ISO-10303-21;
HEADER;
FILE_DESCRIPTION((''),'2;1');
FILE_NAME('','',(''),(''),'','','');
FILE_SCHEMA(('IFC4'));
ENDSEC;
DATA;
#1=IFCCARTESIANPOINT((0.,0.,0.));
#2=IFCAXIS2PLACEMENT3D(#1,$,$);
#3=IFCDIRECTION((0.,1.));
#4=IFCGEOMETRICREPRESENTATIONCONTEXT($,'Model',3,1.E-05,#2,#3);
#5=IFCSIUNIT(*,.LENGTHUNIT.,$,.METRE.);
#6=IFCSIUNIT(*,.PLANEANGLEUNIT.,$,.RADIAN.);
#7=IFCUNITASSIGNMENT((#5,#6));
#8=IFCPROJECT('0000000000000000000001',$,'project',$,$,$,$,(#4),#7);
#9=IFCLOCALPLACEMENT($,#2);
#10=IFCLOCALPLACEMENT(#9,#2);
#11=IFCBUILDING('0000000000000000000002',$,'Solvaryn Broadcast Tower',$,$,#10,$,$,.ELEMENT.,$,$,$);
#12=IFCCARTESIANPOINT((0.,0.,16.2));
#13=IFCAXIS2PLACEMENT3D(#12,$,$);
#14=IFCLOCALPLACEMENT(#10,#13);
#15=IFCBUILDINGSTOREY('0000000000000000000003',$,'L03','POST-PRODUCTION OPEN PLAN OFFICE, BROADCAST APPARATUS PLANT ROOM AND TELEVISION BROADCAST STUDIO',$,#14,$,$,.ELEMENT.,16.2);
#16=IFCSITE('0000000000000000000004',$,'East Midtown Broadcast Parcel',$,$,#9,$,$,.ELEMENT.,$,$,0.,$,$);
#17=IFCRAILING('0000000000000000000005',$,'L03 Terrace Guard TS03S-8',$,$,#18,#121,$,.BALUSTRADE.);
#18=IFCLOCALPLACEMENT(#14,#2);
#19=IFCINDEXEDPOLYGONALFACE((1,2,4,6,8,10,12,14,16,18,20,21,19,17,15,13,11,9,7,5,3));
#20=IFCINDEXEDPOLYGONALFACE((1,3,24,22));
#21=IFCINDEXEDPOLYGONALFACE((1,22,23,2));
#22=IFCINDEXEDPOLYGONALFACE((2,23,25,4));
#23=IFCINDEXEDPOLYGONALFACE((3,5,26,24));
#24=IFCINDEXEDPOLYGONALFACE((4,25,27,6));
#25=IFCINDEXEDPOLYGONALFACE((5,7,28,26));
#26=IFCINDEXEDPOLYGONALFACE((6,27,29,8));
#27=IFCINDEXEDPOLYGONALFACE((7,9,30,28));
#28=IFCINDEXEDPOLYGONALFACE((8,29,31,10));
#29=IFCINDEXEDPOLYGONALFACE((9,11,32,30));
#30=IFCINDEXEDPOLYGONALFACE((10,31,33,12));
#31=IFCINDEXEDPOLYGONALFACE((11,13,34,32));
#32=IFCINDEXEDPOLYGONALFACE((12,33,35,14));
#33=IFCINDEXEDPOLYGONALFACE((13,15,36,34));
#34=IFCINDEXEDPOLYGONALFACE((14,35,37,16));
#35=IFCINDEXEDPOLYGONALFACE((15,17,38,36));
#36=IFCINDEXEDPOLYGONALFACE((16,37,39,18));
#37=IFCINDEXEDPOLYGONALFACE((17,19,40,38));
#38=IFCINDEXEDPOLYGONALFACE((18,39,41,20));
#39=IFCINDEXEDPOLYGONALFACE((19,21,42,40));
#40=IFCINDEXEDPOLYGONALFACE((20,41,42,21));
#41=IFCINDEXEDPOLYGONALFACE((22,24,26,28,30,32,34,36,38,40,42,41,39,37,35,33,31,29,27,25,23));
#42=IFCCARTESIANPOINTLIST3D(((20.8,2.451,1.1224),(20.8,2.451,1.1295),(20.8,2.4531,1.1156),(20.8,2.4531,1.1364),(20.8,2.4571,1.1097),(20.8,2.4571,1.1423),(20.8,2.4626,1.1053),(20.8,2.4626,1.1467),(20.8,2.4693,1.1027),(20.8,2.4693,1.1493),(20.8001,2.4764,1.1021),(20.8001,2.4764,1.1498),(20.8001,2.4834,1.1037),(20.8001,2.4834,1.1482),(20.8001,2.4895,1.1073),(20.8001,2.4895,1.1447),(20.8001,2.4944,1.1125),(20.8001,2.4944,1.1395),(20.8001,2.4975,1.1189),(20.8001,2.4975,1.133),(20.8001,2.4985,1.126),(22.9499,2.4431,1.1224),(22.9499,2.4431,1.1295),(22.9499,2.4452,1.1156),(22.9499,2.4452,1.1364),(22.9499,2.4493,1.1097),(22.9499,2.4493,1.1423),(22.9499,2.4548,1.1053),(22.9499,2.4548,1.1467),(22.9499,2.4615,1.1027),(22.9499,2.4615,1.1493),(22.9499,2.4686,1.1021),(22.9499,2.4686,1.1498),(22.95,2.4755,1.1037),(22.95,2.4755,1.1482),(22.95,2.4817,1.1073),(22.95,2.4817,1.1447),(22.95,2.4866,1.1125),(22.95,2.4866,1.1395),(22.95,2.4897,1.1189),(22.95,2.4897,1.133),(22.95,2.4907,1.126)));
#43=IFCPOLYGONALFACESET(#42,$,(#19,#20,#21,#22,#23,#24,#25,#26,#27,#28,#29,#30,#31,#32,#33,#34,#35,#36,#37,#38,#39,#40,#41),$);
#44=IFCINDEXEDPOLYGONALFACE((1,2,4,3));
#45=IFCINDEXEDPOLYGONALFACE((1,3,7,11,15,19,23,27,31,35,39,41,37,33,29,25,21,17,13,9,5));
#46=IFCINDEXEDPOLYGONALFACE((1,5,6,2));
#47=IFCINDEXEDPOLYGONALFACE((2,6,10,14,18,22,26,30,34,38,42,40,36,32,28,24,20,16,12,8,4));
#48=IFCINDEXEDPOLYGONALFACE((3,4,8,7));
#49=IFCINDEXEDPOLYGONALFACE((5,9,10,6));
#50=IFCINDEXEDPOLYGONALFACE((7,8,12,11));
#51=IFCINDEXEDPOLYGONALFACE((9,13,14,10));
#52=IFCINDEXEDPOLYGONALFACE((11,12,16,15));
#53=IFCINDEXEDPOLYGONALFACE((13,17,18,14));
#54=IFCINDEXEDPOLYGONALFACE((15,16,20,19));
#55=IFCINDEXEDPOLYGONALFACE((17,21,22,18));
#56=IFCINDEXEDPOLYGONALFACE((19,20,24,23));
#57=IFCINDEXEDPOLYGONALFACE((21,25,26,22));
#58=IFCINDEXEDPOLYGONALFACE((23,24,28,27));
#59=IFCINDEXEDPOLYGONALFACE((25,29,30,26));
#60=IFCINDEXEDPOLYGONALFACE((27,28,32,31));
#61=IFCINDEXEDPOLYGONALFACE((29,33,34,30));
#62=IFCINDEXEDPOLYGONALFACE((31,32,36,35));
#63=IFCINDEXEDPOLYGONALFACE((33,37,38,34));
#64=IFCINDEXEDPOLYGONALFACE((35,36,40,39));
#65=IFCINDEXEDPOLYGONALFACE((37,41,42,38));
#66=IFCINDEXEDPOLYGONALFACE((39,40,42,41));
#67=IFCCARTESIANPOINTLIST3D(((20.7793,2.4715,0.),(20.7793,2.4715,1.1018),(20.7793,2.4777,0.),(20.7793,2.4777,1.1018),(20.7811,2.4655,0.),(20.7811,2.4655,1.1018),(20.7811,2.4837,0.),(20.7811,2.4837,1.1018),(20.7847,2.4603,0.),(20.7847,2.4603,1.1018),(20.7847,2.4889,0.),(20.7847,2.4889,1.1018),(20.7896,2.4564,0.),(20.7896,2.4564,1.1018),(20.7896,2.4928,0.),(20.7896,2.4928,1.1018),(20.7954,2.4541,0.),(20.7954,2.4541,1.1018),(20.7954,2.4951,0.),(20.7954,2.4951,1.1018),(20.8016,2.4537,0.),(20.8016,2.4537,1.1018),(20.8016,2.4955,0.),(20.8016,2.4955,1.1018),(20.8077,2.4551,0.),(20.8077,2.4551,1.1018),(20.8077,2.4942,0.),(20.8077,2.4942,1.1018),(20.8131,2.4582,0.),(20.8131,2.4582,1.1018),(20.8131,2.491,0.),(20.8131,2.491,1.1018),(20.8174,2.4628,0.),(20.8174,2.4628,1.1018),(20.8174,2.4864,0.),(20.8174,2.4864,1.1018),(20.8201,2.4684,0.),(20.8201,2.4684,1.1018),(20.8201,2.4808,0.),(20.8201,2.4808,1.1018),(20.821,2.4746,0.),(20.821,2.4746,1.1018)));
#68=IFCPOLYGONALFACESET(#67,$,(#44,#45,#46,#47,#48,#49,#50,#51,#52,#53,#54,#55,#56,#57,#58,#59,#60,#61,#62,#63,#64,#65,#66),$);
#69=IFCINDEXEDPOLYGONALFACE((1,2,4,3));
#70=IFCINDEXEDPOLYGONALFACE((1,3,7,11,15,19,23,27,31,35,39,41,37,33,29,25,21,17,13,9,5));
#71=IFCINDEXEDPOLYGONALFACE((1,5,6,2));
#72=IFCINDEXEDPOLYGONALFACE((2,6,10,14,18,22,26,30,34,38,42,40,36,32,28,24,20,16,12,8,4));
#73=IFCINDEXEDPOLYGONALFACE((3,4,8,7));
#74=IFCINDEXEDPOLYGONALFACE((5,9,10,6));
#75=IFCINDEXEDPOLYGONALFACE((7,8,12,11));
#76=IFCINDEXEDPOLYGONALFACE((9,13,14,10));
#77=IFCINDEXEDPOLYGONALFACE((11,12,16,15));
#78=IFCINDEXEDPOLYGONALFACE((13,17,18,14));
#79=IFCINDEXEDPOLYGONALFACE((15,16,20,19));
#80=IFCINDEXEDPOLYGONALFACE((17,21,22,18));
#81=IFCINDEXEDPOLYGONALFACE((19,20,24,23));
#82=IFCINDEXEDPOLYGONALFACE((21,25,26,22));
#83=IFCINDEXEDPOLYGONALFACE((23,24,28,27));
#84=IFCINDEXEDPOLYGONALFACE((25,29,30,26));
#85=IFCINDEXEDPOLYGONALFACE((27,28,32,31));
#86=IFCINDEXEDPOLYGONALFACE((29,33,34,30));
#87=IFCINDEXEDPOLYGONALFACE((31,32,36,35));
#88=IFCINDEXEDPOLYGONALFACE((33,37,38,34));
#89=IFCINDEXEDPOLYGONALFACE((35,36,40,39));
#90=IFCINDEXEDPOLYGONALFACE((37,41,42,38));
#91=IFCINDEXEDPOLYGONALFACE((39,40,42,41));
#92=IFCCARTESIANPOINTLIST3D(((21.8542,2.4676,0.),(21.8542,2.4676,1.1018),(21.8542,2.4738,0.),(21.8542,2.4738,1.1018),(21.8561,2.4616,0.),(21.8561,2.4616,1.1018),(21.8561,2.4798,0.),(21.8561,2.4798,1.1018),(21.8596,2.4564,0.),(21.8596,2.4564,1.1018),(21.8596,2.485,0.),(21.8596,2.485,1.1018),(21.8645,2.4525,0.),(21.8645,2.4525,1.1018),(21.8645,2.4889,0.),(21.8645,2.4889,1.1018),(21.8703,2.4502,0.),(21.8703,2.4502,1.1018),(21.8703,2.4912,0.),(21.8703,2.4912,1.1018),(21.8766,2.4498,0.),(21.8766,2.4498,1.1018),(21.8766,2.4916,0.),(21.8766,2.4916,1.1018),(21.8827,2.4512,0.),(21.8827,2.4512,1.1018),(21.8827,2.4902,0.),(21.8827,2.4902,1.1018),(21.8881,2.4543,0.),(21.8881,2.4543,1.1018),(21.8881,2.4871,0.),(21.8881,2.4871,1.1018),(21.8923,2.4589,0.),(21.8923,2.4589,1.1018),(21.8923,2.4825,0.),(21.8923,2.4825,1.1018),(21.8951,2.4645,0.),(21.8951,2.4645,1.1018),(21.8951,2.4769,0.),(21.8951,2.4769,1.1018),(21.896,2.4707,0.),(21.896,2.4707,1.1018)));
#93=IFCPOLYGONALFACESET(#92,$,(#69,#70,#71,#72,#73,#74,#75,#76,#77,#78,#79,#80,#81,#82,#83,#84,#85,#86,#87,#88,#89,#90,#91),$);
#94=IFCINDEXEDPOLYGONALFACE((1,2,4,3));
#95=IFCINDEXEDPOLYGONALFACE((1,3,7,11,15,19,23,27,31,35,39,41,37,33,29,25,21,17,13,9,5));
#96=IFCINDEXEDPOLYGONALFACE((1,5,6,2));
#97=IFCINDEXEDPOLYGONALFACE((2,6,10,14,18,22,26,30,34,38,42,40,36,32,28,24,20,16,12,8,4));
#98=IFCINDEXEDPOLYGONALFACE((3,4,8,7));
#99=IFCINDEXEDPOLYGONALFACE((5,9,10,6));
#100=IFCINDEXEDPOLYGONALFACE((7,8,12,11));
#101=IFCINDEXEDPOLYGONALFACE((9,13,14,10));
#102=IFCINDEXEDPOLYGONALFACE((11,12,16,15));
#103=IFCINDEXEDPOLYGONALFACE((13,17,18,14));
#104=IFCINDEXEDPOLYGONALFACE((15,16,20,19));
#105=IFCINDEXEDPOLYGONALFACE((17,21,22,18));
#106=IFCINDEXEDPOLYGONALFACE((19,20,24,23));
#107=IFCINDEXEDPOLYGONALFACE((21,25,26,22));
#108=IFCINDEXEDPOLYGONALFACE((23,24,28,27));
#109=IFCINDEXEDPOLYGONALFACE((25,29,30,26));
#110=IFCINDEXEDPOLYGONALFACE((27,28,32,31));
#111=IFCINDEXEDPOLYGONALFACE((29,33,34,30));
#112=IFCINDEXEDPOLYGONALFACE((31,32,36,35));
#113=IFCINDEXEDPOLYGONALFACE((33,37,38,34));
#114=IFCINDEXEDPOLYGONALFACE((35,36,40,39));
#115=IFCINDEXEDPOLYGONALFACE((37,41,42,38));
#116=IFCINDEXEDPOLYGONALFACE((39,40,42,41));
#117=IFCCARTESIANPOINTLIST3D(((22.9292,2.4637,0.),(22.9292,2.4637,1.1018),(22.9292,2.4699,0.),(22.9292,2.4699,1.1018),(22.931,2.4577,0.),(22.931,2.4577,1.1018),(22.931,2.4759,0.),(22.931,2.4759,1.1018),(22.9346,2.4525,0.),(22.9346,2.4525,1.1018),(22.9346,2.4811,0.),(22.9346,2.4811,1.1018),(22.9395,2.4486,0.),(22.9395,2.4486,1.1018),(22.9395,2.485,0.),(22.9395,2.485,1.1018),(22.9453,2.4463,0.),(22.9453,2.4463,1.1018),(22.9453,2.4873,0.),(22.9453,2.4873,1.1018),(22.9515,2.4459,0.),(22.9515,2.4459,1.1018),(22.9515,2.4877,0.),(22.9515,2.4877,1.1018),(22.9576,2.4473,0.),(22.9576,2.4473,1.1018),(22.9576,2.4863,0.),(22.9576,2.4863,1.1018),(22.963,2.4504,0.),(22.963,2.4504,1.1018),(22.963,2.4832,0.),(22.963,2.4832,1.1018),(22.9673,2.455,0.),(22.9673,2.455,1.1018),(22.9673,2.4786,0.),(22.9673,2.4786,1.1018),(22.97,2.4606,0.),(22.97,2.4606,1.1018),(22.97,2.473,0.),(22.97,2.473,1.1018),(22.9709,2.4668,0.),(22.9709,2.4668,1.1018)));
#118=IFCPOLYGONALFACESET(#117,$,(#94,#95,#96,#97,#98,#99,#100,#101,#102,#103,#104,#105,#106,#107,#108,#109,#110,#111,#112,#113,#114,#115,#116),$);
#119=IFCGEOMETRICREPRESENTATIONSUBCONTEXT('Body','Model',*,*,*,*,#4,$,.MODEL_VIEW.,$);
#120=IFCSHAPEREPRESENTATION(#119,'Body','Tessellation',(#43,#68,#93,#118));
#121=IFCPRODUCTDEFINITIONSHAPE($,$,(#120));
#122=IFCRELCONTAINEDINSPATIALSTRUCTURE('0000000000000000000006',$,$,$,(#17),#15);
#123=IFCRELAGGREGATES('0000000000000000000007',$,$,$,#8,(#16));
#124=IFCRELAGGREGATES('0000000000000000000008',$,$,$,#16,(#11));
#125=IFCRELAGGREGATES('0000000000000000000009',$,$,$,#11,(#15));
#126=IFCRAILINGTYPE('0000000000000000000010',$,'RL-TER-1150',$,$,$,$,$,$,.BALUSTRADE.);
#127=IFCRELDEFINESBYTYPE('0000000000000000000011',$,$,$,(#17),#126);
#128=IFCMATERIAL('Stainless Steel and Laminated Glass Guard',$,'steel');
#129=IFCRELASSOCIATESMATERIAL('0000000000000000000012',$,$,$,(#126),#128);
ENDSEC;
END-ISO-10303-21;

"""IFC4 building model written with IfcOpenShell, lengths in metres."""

from ifc_helpers import new_model, si_unit, direction, frame, origin, origin_2d, place, context, subcontext, project, spatial, circle, extrude, material, type_object, element, save


model = new_model("IFC4")

# Units and contexts
model_context = context("Model", 3, precision=1e-05, world=origin(), true_north=direction((0.0, 1.0)))
body_context = subcontext(model_context, "Body", "Model", "MODEL_VIEW")
ifc_project = project(units=[si_unit("LENGTHUNIT", "METRE"), si_unit("PLANEANGLEUNIT", "RADIAN")], contexts=[model_context])

# Site, building, storey
site_placement = place(None, origin())
site = spatial("IfcSite", under=ifc_project, at=site_placement, Name="East Midtown Broadcast Parcel", CompositionType="ELEMENT", RefElevation=0.0)
building_placement = place(site_placement, origin())
building = spatial("IfcBuilding", under=site, at=building_placement, Name="Solvaryn Broadcast Tower", CompositionType="ELEMENT")
storey_placement = place(building_placement, frame((0.0, 0.0, 16.2)))
storey = spatial("IfcBuildingStorey", under=building, at=storey_placement, Name="L03", Description="POST-PRODUCTION OPEN PLAN OFFICE, BROADCAST APPARATUS PLANT ROOM AND TELEVISION BROADCAST STUDIO", CompositionType="ELEMENT", Elevation=16.2)

# Railing
ifc_material_1 = material(Name="Stainless Steel and Laminated Glass Guard", Category="steel")
railing_type = type_object("IfcRailingType", Name="RL-TER-1150", PredefinedType="BALUSTRADE", material=ifc_material_1)
railing_1_placement = place(storey_placement, frame((20.8, 2.4746, 0.0)))
element("IfcRailing", 1, at=railing_1_placement, inside=storey, type_object=railing_type, Name="L03 Terrace Guard TS03S-8", PredefinedType="BALUSTRADE", context=body_context, shape_type="SweptSolid", body=[
    extrude(circle(Radius=0.0239, at=origin_2d()), frame((0.0, 0.0, 1.126), z_axis=(0.999993, -0.003634, 0.0), x_axis=(0.003634, 0.999993, 0.0)), (0.0, 0.0, 1.0), 2.1499),
    extrude(circle(Radius=0.021, at=origin_2d()), origin(), (0.0, 0.0, 1.0), 1.1018),
    extrude(circle(Radius=0.021, at=origin_2d()), frame((1.075, -0.0039, 0.0)), (0.0, 0.0, 1.0), 1.1018),
    extrude(circle(Radius=0.021, at=origin_2d()), frame((2.1499, -0.0078, 0.0)), (0.0, 0.0, 1.0), 1.1018),
])

save(model, "model.ifc")
